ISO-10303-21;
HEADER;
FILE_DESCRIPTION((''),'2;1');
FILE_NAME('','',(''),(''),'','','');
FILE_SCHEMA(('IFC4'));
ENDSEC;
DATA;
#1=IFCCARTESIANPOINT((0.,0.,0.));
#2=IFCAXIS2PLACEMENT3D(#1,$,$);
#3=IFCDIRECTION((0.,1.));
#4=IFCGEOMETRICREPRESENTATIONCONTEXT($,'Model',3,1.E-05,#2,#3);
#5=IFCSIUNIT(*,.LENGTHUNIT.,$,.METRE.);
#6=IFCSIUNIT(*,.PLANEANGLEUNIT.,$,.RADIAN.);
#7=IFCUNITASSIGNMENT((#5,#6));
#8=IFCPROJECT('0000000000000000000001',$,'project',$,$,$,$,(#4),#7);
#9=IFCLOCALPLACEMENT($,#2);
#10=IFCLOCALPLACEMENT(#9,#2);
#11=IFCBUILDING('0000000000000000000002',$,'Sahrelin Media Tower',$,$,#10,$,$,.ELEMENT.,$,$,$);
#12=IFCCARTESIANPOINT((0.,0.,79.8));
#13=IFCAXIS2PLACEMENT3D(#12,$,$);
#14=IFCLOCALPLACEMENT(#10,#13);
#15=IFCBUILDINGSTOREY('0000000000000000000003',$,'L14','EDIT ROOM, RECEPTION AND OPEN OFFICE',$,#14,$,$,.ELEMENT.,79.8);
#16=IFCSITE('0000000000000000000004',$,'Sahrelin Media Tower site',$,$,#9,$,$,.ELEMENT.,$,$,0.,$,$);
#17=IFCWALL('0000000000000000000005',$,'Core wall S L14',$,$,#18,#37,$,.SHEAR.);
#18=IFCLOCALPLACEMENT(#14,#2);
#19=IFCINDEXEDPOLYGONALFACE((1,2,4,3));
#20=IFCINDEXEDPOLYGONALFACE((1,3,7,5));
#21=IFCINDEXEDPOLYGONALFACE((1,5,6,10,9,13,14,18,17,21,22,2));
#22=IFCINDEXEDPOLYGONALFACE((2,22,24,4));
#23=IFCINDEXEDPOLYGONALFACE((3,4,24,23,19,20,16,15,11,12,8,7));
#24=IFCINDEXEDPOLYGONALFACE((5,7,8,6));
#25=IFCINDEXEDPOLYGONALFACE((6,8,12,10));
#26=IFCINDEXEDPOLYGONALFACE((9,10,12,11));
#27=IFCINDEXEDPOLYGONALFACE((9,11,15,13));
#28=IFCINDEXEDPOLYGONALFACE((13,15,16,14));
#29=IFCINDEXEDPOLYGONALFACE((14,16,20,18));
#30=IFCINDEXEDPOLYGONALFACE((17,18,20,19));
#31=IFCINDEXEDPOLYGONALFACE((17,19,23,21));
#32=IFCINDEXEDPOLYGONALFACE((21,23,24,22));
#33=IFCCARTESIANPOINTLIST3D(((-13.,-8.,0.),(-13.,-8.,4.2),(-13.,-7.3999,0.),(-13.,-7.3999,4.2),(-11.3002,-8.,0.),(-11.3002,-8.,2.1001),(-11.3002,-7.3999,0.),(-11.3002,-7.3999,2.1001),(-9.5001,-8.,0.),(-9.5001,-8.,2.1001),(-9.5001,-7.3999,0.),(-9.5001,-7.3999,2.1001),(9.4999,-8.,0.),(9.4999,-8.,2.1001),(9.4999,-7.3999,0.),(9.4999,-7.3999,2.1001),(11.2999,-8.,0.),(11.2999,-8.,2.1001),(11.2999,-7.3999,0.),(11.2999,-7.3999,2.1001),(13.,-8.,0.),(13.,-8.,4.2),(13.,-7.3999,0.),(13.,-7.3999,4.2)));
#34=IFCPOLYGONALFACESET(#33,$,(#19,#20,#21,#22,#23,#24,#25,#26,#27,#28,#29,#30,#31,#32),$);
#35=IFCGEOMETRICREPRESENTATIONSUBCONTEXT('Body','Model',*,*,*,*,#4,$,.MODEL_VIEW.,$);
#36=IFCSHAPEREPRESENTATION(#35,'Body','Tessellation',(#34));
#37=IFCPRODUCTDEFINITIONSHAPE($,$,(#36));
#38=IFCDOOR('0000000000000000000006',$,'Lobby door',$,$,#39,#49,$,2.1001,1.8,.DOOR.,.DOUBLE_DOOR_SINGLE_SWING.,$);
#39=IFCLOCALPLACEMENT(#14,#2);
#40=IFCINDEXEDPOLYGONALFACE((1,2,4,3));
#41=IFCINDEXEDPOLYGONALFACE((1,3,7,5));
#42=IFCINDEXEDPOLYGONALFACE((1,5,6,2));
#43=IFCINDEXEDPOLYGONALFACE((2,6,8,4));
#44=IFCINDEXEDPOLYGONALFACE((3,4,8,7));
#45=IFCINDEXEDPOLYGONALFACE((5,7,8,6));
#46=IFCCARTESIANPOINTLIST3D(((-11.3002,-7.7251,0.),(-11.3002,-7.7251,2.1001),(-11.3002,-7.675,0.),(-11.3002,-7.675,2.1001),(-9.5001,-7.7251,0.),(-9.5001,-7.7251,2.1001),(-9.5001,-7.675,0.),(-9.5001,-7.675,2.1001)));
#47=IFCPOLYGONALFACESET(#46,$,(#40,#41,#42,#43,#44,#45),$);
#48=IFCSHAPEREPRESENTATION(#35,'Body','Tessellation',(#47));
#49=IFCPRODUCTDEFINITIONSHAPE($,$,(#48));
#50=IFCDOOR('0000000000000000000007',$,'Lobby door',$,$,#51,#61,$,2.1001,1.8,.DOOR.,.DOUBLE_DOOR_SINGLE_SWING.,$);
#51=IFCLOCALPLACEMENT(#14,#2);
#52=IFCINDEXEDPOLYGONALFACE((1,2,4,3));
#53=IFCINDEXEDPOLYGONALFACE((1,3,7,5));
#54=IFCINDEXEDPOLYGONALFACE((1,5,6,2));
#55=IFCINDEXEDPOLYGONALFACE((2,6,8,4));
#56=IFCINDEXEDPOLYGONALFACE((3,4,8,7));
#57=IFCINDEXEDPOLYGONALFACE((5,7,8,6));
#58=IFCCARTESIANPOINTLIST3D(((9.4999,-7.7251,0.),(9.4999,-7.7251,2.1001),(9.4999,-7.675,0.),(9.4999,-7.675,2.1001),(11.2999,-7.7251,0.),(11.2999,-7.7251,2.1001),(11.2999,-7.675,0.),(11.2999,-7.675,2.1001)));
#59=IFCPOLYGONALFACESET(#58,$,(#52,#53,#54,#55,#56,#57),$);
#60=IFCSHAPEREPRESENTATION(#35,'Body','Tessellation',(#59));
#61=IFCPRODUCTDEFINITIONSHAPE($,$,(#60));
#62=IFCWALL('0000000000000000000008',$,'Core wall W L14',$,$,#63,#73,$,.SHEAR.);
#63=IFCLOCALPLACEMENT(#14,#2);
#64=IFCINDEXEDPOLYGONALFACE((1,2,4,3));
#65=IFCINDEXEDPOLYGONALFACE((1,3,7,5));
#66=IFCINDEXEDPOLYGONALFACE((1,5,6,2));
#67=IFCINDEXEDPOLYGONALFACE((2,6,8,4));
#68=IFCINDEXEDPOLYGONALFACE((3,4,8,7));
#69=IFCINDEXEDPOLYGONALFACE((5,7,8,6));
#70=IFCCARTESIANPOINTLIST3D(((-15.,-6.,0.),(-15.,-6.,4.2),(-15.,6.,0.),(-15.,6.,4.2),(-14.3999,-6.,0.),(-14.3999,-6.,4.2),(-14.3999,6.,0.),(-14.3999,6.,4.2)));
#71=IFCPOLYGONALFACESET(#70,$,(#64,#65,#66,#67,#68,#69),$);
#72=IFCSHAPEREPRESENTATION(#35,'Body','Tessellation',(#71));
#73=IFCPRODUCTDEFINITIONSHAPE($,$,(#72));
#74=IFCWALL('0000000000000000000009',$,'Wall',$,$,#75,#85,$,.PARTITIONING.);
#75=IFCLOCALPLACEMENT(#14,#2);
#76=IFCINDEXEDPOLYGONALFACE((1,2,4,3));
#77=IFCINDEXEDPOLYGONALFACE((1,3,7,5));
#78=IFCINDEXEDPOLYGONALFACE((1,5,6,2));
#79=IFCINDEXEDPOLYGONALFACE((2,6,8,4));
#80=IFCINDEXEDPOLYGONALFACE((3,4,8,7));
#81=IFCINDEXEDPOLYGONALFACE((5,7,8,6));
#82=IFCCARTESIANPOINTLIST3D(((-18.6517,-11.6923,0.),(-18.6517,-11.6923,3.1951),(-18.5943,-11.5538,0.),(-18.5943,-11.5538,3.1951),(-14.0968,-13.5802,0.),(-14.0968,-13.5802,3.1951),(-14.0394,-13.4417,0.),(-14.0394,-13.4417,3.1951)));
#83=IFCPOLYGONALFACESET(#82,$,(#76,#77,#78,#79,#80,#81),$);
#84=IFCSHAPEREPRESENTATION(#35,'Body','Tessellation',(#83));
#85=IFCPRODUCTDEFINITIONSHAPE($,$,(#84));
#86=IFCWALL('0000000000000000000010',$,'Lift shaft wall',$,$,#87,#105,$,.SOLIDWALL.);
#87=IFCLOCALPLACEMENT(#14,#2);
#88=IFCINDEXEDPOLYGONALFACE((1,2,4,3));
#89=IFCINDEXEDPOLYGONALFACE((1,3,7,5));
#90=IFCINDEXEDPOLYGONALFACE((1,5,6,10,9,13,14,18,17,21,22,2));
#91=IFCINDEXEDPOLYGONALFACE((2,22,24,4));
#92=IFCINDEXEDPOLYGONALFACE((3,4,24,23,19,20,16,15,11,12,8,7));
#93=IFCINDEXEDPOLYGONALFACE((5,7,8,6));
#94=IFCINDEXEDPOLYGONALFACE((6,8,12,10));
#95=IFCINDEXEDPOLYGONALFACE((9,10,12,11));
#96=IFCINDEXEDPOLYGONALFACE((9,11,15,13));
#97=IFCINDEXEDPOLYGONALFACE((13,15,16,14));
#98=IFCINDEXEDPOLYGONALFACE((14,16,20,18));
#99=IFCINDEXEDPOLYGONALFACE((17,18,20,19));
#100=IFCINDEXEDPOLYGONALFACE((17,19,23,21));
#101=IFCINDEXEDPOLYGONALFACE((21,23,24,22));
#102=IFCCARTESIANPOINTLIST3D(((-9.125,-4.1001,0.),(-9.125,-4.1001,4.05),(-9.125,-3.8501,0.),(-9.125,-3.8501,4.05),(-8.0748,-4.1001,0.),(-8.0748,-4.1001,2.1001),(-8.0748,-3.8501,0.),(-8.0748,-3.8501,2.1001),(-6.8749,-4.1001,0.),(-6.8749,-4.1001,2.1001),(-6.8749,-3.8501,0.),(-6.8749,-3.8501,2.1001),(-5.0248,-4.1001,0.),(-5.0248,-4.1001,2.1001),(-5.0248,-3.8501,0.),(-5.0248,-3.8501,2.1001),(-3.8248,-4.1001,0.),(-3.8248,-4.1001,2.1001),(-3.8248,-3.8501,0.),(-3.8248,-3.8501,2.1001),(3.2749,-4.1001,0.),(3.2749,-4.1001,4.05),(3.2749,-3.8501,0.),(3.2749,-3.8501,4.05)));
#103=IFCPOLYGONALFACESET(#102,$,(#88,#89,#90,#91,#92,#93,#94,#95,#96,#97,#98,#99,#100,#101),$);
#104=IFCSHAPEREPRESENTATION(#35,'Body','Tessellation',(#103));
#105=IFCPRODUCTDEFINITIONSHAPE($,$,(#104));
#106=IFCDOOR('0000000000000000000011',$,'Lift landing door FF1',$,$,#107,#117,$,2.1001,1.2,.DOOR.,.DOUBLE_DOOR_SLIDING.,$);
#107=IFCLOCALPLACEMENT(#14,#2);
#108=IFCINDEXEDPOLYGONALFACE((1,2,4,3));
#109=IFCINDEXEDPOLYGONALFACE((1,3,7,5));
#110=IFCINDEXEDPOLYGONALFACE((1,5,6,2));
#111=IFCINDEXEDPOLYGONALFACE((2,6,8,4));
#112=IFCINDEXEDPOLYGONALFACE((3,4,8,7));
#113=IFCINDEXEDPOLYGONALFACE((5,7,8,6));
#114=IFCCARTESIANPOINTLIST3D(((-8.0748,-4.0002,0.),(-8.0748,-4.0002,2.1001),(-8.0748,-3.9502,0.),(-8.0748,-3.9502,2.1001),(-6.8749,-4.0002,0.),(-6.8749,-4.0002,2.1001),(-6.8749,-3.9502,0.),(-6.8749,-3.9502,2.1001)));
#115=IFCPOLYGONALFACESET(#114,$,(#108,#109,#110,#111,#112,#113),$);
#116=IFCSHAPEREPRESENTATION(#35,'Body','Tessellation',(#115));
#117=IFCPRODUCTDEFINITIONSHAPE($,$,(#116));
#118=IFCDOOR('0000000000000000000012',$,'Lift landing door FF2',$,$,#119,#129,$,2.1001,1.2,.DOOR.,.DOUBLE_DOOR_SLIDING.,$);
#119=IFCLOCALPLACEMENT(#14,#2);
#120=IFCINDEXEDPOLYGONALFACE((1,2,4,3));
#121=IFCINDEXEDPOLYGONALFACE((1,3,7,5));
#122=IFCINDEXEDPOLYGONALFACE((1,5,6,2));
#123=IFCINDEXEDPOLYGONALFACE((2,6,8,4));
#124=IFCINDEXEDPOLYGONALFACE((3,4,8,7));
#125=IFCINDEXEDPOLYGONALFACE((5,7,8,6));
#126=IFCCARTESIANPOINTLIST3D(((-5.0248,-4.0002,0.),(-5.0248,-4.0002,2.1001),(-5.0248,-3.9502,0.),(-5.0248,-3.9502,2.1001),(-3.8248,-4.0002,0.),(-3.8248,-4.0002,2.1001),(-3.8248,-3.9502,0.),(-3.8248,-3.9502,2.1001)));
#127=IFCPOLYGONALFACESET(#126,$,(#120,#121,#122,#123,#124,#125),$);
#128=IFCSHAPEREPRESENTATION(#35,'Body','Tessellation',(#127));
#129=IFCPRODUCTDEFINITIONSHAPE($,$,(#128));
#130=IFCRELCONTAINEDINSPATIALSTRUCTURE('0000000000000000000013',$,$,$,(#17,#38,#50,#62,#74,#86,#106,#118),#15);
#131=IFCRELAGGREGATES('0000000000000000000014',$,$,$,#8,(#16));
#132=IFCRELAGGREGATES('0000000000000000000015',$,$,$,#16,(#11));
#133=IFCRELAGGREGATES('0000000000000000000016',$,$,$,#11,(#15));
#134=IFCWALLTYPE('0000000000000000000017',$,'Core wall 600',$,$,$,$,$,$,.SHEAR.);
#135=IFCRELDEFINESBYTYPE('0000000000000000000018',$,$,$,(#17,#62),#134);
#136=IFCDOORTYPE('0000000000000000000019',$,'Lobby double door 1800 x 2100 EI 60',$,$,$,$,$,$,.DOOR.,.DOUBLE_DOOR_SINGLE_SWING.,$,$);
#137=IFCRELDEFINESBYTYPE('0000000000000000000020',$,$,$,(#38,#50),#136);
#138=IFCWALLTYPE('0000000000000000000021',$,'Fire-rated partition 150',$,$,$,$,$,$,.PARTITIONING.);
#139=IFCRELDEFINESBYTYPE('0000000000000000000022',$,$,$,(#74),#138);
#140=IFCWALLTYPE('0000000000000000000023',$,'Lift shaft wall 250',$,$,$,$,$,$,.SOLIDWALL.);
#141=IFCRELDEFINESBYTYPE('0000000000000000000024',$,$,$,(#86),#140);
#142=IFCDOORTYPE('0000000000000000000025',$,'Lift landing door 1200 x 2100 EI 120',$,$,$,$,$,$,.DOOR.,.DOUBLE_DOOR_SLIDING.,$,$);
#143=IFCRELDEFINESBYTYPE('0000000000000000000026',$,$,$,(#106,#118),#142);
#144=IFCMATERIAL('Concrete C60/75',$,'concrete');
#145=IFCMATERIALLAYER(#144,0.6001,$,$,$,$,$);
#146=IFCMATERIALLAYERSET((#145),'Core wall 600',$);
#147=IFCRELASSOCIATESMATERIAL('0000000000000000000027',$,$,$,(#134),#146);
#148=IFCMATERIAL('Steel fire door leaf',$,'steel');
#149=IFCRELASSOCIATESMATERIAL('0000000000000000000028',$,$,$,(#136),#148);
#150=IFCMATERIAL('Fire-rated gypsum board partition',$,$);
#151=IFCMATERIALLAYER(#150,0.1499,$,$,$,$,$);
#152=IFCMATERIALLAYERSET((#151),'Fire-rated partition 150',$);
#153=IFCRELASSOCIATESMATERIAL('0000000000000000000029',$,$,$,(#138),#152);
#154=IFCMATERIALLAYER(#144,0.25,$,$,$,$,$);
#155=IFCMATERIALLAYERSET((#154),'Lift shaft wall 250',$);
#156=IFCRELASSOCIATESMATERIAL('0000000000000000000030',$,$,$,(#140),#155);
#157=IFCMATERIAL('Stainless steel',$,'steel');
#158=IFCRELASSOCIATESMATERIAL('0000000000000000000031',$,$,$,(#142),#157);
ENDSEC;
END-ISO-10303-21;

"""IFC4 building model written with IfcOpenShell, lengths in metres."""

from ifc_helpers import new_model, si_unit, direction, frame, frame_2d, origin, place, context, subcontext, project, spatial, rectangle, extrude, material, layer, layer_set, type_object, element, fill, save


model = new_model("IFC4")

# Units and contexts
model_context = context("Model", 3, precision=1e-05, world=origin(), true_north=direction((0.0, 1.0)))
body_context = subcontext(model_context, "Body", "Model", "MODEL_VIEW")
ifc_project = project(units=[si_unit("LENGTHUNIT", "METRE"), si_unit("PLANEANGLEUNIT", "RADIAN")], contexts=[model_context])

# Site, building, storey
site_placement = place(None, origin())
site = spatial("IfcSite", under=ifc_project, at=site_placement, Name="Sahrelin Media Tower site", CompositionType="ELEMENT", RefElevation=0.0)
building_placement = place(site_placement, origin())
building = spatial("IfcBuilding", under=site, at=building_placement, Name="Sahrelin Media Tower", CompositionType="ELEMENT")
storey_placement = place(building_placement, frame((0.0, 0.0, 79.8)))
storey = spatial("IfcBuildingStorey", under=building, at=storey_placement, Name="L14", Description="EDIT ROOM, RECEPTION AND OPEN OFFICE", CompositionType="ELEMENT", Elevation=79.8)

# Wall, openings, doors
ifc_material_1 = material(Name="Concrete C60/75", Category="concrete")
ifc_layer_1 = layer(ifc_material_1, 0.6001)
ifc_layer_set_1 = layer_set([ifc_layer_1], Name="Core wall 600")
wall_type_1 = type_object("IfcWallType", Name="Core wall 600", PredefinedType="SHEAR", material=ifc_layer_set_1)
wall_1_placement = place(storey_placement, frame((-13.0, -7.7, 0.0), z_axis=(0.0, 0.0, 1.0), x_axis=(1.0, 0.0, 0.0)))
wall_1 = element("IfcWall", 1, at=wall_1_placement, inside=storey, type_object=wall_type_1, Name="Core wall S L14", PredefinedType="SHEAR", context=body_context, shape_type="SweptSolid", body=[
    extrude(rectangle(XDim=26.0, YDim=0.6001, at=frame_2d((13.0, 0.0))), origin(), (0.0, 0.0, 1.0), 4.2),
])
opening_1_placement = place(wall_1_placement, frame((1.7, 0.0, 0.0)))
opening_1 = element("IfcOpeningElement", 2, at=opening_1_placement, cuts=wall_1, PredefinedType="OPENING", context=body_context, shape_type="SweptSolid", body=[
    extrude(rectangle(XDim=1.8, YDim=2.1001, at=frame_2d((0.8999, 1.05))), frame((0.0, 0.3, 0.0), z_axis=(0.0, -1.0, 0.0), x_axis=(1.0, 0.0, 0.0)), (0.0, 0.0, 1.0), 0.6001),
])
opening_2_placement = place(wall_1_placement, frame((22.5, 0.0, 0.0)))
opening_2 = element("IfcOpeningElement", 3, at=opening_2_placement, cuts=wall_1, PredefinedType="OPENING", context=body_context, shape_type="SweptSolid", body=[
    extrude(rectangle(XDim=1.8, YDim=2.1001, at=frame_2d((0.8999, 1.05))), frame((0.0, 0.3, 0.0), z_axis=(0.0, -1.0, 0.0), x_axis=(1.0, 0.0, 0.0)), (0.0, 0.0, 1.0), 0.6001),
])
ifc_material_2 = material(Name="Steel fire door leaf", Category="steel")
door_type_1 = type_object("IfcDoorType", Name="Lobby double door 1800 x 2100 EI 60", OperationType="DOUBLE_DOOR_SINGLE_SWING", PredefinedType="DOOR", material=ifc_material_2)
door_1_placement = place(opening_1_placement, origin())
door_1 = element("IfcDoor", 4, at=door_1_placement, inside=storey, type_object=door_type_1, Name="Lobby door", OperationType="DOUBLE_DOOR_SINGLE_SWING", OverallHeight=2.1001, OverallWidth=1.8, PredefinedType="DOOR", context=body_context, shape_type="SweptSolid", body=[
    extrude(rectangle(XDim=1.8, YDim=2.1001, at=frame_2d((0.8999, 1.05))), frame((0.0, 0.0249, 0.0), z_axis=(0.0, -1.0, 0.0), x_axis=(1.0, 0.0, 0.0)), (0.0, 0.0, 1.0), 0.05),
])
fill(opening_1, door_1)
door_2_placement = place(opening_2_placement, origin())
door_2 = element("IfcDoor", 5, at=door_2_placement, inside=storey, type_object=door_type_1, Name="Lobby door", OperationType="DOUBLE_DOOR_SINGLE_SWING", OverallHeight=2.1001, OverallWidth=1.8, PredefinedType="DOOR", context=body_context, shape_type="SweptSolid", body=[
    extrude(rectangle(XDim=1.8, YDim=2.1001, at=frame_2d((0.8999, 1.05))), frame((0.0, 0.0249, 0.0), z_axis=(0.0, -1.0, 0.0), x_axis=(1.0, 0.0, 0.0)), (0.0, 0.0, 1.0), 0.05),
])
fill(opening_2, door_2)

# Walls
wall_2_placement = place(storey_placement, frame((-14.7, -6.0, 0.0), z_axis=(0.0, 0.0, 1.0), x_axis=(0.0, 1.0, 0.0)))
element("IfcWall", 6, at=wall_2_placement, inside=storey, type_object=wall_type_1, Name="Core wall W L14", PredefinedType="SHEAR", context=body_context, shape_type="SweptSolid", body=[
    extrude(rectangle(XDim=12.0, YDim=0.6001, at=frame_2d((6.0, 0.0))), origin(), (0.0, 0.0, 1.0), 4.2),
])
ifc_material_3 = material(Name="Fire-rated gypsum board partition")
ifc_layer_2 = layer(ifc_material_3, 0.1499)
ifc_layer_set_2 = layer_set([ifc_layer_2], Name="Fire-rated partition 150")
wall_type_2 = type_object("IfcWallType", Name="Fire-rated partition 150", PredefinedType="PARTITIONING", material=ifc_layer_set_2)
wall_3_placement = place(storey_placement, frame((-18.623, -11.623, 0.0), z_axis=(0.0, 0.0, 1.0), x_axis=(0.923792, -0.382895, 0.0)))
element("IfcWall", 7, at=wall_3_placement, inside=storey, type_object=wall_type_2, Name="Wall", PredefinedType="PARTITIONING", context=body_context, shape_type="SweptSolid", body=[
    extrude(rectangle(XDim=4.9307, YDim=0.1499, at=frame_2d((2.4653, 0.0))), origin(), (0.0, 0.0, 1.0), 3.1951),
])

# Wall, openings, doors
ifc_layer_3 = layer(ifc_material_1, 0.25)
ifc_layer_set_3 = layer_set([ifc_layer_3], Name="Lift shaft wall 250")
wall_type_3 = type_object("IfcWallType", Name="Lift shaft wall 250", PredefinedType="SOLIDWALL", material=ifc_layer_set_3)
wall_4_placement = place(storey_placement, frame((-9.125, -3.9751, 0.0), z_axis=(0.0, 0.0, 1.0), x_axis=(1.0, 0.0, 0.0)))
wall_4 = element("IfcWall", 8, at=wall_4_placement, inside=storey, type_object=wall_type_3, Name="Lift shaft wall", PredefinedType="SOLIDWALL", context=body_context, shape_type="SweptSolid", body=[
    extrude(rectangle(XDim=12.3999, YDim=0.25, at=frame_2d((6.2, 0.0))), origin(), (0.0, 0.0, 1.0), 4.05),
])
opening_3_placement = place(wall_4_placement, frame((1.05, 0.0, 0.0)))
opening_3 = element("IfcOpeningElement", 9, at=opening_3_placement, cuts=wall_4, PredefinedType="OPENING", context=body_context, shape_type="SweptSolid", body=[
    extrude(rectangle(XDim=1.2, YDim=2.1001, at=frame_2d((0.6001, 1.05))), frame((0.0, 0.125, 0.0), z_axis=(0.0, -1.0, 0.0), x_axis=(1.0, 0.0, 0.0)), (0.0, 0.0, 1.0), 0.25),
])
opening_4_placement = place(wall_4_placement, frame((4.1001, 0.0, 0.0)))
opening_4 = element("IfcOpeningElement", 10, at=opening_4_placement, cuts=wall_4, PredefinedType="OPENING", context=body_context, shape_type="SweptSolid", body=[
    extrude(rectangle(XDim=1.2, YDim=2.1001, at=frame_2d((0.6001, 1.05))), frame((0.0, 0.125, 0.0), z_axis=(0.0, -1.0, 0.0), x_axis=(1.0, 0.0, 0.0)), (0.0, 0.0, 1.0), 0.25),
])
ifc_material_4 = material(Name="Stainless steel", Category="steel")
door_type_2 = type_object("IfcDoorType", Name="Lift landing door 1200 x 2100 EI 120", OperationType="DOUBLE_DOOR_SLIDING", PredefinedType="DOOR", material=ifc_material_4)
door_3_placement = place(opening_3_placement, origin())
door_3 = element("IfcDoor", 11, at=door_3_placement, inside=storey, type_object=door_type_2, Name="Lift landing door FF1", OperationType="DOUBLE_DOOR_SLIDING", OverallHeight=2.1001, OverallWidth=1.2, PredefinedType="DOOR", context=body_context, shape_type="SweptSolid", body=[
    extrude(rectangle(XDim=1.2, YDim=2.1001, at=frame_2d((0.6001, 1.05))), frame((0.0, 0.0249, 0.0), z_axis=(0.0, -1.0, 0.0), x_axis=(1.0, 0.0, 0.0)), (0.0, 0.0, 1.0), 0.05),
])
fill(opening_3, door_3)
door_4_placement = place(opening_4_placement, origin())
door_4 = element("IfcDoor", 12, at=door_4_placement, inside=storey, type_object=door_type_2, Name="Lift landing door FF2", OperationType="DOUBLE_DOOR_SLIDING", OverallHeight=2.1001, OverallWidth=1.2, PredefinedType="DOOR", context=body_context, shape_type="SweptSolid", body=[
    extrude(rectangle(XDim=1.2, YDim=2.1001, at=frame_2d((0.6001, 1.05))), frame((0.0, 0.0249, 0.0), z_axis=(0.0, -1.0, 0.0), x_axis=(1.0, 0.0, 0.0)), (0.0, 0.0, 1.0), 0.05),
])
fill(opening_4, door_4)

save(model, "model.ifc")
